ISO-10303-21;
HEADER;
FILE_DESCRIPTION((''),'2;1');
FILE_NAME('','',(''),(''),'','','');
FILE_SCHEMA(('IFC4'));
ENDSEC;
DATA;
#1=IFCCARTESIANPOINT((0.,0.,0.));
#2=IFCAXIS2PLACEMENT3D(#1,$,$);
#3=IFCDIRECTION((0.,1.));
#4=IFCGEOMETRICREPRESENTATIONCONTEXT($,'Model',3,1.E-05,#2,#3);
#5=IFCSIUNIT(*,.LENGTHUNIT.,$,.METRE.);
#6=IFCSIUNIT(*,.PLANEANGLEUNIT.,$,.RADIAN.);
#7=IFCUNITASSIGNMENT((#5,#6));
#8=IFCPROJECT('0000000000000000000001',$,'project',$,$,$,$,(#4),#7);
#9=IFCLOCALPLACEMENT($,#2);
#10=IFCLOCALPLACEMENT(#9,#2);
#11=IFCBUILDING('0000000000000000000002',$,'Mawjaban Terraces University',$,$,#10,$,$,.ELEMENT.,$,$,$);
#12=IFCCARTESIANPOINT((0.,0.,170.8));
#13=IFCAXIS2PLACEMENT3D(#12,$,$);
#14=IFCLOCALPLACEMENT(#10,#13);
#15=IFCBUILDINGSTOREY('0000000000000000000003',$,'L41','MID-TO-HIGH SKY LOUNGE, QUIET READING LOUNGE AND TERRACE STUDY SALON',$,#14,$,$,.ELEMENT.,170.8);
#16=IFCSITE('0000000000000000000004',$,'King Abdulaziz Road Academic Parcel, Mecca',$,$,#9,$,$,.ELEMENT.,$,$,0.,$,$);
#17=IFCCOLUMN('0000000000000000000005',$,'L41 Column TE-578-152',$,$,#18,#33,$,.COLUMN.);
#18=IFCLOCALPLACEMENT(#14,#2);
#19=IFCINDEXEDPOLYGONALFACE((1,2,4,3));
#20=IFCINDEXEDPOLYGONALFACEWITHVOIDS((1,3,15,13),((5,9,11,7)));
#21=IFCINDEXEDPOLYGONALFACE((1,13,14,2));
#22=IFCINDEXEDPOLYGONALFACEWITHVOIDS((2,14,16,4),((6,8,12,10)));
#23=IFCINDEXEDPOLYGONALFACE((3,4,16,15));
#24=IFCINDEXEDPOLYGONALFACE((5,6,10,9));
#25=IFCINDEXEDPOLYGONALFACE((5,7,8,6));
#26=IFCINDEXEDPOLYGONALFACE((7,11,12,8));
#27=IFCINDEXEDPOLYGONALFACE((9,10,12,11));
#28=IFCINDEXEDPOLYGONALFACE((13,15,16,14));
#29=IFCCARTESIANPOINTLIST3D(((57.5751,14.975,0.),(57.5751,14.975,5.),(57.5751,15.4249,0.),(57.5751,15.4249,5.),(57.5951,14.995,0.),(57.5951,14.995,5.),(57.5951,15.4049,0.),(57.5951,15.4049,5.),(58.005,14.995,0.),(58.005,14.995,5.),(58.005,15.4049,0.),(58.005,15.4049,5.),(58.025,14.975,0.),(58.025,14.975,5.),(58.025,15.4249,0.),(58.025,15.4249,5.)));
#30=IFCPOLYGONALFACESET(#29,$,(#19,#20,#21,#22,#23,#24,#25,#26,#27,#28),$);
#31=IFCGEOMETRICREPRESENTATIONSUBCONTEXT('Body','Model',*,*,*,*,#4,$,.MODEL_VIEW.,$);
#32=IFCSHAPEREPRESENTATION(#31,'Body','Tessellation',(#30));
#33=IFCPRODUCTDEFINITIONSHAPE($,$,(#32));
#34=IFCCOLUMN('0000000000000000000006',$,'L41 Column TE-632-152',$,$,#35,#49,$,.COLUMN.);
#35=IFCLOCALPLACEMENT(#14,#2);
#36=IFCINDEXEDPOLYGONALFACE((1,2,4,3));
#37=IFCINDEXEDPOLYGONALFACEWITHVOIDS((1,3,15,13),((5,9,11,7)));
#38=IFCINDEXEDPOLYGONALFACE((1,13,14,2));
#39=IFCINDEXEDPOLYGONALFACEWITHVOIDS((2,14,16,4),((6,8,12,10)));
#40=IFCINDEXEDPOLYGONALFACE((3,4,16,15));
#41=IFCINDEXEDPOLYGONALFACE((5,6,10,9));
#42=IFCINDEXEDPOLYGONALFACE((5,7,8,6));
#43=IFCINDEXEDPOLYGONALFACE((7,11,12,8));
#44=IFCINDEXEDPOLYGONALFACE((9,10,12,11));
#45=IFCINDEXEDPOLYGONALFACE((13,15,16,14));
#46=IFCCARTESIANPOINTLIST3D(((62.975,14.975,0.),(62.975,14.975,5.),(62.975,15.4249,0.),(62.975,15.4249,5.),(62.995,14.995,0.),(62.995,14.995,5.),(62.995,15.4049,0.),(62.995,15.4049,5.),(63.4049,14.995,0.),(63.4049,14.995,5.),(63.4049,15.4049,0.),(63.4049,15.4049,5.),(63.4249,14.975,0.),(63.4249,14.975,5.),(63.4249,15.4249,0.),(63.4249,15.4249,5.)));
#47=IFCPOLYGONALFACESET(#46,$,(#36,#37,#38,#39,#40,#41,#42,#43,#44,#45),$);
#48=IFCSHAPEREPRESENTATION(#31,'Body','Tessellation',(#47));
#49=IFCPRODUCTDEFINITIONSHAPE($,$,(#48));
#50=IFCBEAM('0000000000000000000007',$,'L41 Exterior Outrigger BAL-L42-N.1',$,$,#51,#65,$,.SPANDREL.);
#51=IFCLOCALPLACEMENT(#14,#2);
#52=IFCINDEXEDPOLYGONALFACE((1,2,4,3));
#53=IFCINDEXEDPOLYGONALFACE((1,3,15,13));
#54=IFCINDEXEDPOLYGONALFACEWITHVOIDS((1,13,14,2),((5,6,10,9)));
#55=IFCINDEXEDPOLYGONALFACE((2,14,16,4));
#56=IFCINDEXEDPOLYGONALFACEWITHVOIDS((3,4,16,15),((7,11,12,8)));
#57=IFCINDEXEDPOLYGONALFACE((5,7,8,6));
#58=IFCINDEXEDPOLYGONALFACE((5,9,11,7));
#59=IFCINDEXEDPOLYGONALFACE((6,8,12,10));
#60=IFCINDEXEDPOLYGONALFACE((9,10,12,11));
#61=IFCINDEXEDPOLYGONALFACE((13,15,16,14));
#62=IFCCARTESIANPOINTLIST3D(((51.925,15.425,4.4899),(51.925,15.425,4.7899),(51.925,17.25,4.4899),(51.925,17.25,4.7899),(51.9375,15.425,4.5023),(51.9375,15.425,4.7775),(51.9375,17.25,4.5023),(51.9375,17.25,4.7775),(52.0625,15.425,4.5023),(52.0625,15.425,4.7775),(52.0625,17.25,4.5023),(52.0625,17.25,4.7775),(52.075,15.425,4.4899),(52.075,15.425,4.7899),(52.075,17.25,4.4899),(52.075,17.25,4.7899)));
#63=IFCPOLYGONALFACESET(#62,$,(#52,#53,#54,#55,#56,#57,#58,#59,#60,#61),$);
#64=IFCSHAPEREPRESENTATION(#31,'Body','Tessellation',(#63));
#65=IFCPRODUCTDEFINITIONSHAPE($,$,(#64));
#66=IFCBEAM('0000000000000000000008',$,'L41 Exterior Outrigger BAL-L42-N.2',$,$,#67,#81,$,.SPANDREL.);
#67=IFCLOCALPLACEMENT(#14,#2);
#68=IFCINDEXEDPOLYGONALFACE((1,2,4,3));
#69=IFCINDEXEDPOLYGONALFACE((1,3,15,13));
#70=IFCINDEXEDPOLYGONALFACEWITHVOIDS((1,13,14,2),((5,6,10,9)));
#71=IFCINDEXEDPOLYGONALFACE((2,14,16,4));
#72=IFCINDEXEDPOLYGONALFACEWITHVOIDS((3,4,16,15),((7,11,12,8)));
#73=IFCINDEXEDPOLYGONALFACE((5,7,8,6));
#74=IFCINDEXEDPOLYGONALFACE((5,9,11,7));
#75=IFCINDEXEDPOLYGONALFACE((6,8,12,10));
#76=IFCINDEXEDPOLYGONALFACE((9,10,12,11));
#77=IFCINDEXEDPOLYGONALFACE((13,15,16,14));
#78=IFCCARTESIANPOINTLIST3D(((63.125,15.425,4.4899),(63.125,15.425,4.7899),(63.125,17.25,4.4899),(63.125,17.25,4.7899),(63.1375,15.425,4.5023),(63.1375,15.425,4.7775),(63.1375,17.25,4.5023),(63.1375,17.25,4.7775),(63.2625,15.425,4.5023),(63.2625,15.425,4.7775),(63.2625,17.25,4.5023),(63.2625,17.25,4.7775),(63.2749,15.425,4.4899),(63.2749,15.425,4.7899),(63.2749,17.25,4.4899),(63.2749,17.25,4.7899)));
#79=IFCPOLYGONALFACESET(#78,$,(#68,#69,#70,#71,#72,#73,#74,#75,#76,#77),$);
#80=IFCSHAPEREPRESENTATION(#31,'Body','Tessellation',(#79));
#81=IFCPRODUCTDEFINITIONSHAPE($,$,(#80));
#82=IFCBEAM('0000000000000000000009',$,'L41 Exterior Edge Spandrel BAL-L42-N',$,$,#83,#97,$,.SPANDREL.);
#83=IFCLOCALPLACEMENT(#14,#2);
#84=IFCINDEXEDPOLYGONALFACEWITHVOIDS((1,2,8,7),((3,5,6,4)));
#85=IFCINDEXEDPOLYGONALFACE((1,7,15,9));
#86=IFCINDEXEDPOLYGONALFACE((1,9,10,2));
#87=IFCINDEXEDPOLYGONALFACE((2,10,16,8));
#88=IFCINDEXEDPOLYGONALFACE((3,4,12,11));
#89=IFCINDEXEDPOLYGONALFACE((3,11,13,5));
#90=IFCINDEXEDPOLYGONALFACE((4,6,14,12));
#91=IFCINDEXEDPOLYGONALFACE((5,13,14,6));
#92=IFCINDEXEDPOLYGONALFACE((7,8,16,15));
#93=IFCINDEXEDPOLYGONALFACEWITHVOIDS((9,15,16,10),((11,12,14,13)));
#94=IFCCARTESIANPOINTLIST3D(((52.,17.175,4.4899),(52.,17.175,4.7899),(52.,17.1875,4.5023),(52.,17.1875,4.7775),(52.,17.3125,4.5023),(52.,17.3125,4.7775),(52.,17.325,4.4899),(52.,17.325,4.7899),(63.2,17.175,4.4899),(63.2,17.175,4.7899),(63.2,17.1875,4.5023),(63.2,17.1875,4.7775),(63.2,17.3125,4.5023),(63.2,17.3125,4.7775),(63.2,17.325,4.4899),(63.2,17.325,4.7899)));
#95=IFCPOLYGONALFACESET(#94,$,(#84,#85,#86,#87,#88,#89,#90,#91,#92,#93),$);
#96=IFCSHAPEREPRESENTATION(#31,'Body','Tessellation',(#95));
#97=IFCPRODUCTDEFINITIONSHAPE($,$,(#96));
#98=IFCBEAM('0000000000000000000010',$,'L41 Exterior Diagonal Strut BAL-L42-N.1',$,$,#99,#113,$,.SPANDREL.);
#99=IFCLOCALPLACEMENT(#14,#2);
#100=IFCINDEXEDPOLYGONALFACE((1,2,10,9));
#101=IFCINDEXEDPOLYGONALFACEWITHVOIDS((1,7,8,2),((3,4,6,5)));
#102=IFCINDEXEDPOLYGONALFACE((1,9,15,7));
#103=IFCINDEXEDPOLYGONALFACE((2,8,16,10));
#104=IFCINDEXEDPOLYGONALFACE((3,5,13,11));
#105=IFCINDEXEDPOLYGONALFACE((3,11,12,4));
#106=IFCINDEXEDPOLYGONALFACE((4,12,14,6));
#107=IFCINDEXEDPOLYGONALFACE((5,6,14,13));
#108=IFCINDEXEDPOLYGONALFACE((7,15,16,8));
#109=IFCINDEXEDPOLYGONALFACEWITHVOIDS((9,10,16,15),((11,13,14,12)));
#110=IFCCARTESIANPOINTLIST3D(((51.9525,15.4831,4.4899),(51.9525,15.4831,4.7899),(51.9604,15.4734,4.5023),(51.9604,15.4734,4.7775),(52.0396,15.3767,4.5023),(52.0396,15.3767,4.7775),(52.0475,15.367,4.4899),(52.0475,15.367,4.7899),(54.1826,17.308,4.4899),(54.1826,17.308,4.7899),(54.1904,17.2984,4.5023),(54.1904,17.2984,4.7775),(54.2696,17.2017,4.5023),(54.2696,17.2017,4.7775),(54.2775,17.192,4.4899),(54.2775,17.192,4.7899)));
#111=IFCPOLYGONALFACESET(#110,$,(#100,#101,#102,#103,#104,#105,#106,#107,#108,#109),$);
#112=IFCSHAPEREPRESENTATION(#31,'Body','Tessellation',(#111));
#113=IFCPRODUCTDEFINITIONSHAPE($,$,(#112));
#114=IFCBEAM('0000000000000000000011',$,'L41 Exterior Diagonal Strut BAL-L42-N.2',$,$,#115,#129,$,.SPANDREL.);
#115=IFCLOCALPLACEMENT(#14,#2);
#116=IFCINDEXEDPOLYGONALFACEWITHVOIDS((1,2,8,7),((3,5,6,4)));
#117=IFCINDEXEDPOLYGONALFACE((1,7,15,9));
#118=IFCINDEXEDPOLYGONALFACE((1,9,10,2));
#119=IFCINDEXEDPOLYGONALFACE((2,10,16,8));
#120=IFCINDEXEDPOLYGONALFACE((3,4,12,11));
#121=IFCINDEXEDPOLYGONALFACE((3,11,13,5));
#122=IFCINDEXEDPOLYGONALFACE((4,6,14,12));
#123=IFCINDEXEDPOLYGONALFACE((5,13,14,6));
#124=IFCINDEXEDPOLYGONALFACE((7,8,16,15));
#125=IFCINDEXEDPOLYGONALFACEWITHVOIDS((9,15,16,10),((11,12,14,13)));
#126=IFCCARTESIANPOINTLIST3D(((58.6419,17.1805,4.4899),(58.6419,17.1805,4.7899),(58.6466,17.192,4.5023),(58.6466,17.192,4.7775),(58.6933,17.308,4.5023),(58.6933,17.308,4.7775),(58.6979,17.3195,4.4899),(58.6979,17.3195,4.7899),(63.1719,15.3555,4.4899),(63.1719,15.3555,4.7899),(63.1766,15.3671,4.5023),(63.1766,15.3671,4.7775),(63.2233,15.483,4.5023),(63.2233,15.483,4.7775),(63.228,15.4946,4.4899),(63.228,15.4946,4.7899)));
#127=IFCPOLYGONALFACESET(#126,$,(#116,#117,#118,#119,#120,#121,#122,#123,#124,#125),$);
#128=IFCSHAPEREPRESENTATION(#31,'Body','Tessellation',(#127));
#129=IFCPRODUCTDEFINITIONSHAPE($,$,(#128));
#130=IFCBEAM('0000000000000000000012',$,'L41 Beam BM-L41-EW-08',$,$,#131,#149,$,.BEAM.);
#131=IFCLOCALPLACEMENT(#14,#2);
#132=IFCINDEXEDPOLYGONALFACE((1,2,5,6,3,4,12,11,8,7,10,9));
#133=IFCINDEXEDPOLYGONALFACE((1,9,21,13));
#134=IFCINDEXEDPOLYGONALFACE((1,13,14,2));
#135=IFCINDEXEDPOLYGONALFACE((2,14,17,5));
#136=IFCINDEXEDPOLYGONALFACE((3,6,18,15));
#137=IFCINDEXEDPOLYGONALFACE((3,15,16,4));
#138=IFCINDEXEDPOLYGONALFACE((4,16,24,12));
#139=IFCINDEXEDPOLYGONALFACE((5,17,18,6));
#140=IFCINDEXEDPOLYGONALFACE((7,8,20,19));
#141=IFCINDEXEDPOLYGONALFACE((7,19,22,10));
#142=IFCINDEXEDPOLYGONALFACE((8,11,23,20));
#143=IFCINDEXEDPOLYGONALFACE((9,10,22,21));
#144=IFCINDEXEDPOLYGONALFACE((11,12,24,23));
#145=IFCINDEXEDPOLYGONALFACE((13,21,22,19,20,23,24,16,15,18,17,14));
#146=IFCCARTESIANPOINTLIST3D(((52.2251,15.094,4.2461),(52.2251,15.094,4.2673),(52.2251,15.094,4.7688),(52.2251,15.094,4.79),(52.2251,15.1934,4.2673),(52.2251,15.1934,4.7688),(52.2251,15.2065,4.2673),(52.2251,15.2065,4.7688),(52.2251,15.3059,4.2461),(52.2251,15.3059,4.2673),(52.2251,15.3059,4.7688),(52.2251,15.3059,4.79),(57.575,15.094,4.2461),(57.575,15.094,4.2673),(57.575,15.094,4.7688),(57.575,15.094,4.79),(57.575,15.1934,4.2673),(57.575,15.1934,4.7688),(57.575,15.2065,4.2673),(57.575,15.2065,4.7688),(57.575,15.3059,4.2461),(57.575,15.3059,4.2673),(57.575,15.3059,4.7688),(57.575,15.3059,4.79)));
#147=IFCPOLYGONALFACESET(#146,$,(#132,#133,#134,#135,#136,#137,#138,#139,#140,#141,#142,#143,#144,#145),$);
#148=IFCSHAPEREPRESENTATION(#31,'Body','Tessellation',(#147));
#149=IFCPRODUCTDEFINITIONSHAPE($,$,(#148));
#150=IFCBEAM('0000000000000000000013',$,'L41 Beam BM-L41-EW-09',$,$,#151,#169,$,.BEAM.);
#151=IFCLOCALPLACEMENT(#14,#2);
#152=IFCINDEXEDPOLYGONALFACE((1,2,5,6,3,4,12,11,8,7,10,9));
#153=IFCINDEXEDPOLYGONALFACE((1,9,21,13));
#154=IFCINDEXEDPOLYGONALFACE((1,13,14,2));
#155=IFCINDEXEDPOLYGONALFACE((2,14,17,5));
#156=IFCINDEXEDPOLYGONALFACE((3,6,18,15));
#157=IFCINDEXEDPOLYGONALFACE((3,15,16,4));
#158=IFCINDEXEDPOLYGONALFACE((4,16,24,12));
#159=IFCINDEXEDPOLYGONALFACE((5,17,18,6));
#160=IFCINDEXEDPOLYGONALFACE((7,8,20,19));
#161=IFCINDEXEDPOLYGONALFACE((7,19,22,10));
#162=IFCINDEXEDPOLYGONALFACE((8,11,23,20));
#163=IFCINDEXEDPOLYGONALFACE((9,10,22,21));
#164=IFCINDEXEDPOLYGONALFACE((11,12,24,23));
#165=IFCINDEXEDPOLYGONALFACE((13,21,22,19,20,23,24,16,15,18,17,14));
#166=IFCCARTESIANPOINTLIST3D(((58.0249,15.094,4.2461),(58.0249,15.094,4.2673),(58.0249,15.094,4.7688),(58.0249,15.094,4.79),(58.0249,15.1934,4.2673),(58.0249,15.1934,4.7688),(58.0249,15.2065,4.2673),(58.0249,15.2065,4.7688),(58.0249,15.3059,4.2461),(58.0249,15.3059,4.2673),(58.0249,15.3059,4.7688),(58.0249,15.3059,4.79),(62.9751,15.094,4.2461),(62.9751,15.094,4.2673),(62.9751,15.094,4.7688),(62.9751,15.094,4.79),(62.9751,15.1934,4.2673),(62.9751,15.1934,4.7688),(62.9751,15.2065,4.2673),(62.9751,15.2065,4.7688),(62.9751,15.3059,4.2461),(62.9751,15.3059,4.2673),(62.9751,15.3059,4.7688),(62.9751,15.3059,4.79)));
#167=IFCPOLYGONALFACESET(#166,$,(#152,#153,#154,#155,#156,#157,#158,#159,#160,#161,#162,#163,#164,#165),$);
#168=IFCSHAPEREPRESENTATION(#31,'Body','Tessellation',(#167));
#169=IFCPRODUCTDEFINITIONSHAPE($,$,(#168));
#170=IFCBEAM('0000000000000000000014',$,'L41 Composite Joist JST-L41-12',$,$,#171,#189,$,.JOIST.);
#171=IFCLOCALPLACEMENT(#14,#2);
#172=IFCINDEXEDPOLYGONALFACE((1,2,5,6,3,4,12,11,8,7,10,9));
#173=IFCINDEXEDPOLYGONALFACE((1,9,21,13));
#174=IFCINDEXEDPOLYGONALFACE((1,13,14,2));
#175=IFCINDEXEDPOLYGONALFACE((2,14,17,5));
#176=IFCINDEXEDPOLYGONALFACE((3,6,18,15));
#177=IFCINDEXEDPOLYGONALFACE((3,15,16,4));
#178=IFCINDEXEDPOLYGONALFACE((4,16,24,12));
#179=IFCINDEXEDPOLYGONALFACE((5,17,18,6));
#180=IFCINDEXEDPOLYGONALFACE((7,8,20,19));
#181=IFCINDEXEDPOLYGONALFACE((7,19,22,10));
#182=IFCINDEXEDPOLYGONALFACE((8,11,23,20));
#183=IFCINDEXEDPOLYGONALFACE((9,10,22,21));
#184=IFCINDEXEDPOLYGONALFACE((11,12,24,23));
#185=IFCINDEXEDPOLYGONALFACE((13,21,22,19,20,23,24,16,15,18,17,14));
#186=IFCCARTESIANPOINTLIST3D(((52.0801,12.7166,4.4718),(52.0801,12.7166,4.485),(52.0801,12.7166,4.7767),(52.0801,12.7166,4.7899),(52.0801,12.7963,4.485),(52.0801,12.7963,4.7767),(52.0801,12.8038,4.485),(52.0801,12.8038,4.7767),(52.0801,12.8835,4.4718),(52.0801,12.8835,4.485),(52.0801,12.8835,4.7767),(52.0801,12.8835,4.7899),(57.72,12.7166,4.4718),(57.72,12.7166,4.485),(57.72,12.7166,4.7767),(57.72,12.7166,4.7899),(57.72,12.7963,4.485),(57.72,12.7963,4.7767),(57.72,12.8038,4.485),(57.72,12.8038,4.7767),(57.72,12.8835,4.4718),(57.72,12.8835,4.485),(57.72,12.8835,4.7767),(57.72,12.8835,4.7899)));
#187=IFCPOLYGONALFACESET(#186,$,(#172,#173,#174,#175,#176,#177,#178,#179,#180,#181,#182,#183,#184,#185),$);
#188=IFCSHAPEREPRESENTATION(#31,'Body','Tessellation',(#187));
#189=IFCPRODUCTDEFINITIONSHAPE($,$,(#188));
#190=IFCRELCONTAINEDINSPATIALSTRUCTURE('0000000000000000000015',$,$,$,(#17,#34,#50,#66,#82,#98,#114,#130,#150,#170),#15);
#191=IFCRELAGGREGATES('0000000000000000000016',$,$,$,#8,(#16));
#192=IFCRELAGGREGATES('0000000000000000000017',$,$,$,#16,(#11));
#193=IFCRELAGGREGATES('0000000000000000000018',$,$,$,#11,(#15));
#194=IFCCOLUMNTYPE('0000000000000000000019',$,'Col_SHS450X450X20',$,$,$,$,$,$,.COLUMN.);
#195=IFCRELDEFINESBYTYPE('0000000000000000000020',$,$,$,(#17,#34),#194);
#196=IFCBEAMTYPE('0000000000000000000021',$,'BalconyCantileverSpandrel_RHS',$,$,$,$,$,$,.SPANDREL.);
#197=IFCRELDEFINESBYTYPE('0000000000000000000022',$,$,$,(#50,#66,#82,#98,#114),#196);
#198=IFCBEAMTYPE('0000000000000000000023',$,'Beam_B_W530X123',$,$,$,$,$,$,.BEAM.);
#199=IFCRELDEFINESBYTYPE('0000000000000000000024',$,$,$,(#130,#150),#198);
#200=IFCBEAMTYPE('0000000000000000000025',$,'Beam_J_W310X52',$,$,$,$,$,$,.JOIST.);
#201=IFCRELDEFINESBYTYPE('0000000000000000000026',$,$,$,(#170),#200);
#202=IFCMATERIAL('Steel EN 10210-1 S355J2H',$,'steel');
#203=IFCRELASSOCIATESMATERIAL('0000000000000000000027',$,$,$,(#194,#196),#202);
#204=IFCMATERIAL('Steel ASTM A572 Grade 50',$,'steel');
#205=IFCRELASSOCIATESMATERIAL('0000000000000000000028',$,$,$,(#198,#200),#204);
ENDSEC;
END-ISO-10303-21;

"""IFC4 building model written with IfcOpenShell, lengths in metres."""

from ifc_helpers import new_model, si_unit, direction, frame, origin, origin_2d, place, context, subcontext, project, spatial, hollow_rectangle, i_section, extrude, material, material_profile, profile_set, type_object, element, save


model = new_model("IFC4")

# Units and contexts
model_context = context("Model", 3, precision=1e-05, world=origin(), true_north=direction((0.0, 1.0)))
body_context = subcontext(model_context, "Body", "Model", "MODEL_VIEW")
ifc_project = project(units=[si_unit("LENGTHUNIT", "METRE"), si_unit("PLANEANGLEUNIT", "RADIAN")], contexts=[model_context])

# Site, building, storey
site_placement = place(None, origin())
site = spatial("IfcSite", under=ifc_project, at=site_placement, Name="King Abdulaziz Road Academic Parcel, Mecca", CompositionType="ELEMENT", RefElevation=0.0)
building_placement = place(site_placement, origin())
building = spatial("IfcBuilding", under=site, at=building_placement, Name="Mawjaban Terraces University", CompositionType="ELEMENT")
storey_placement = place(building_placement, frame((0.0, 0.0, 170.8)))
storey = spatial("IfcBuildingStorey", under=building, at=storey_placement, Name="L41", Description="MID-TO-HIGH SKY LOUNGE, QUIET READING LOUNGE AND TERRACE STUDY SALON", CompositionType="ELEMENT", Elevation=170.8)

# Columns
ifc_material_1 = material(Name="Steel EN 10210-1 S355J2H", Category="steel")
ifc_material_profile_1 = material_profile(ifc_material_1, hollow_rectangle(XDim=0.45, YDim=0.45, WallThickness=0.02, at=origin_2d()), Name="SHS450X450X20")
ifc_profile_set_1 = profile_set([ifc_material_profile_1], Name="Steel EN 10210-1 S355J2H")
column_type = type_object("IfcColumnType", Name="Col_SHS450X450X20", PredefinedType="COLUMN", material=ifc_profile_set_1)
for number, where, z_axis, x_axis, name in (
    (1, (57.8, 15.2, 0.0), (0.0, 0.0, 1.0), (1.0, 0.0, 0.0), "L41 Column TE-578-152"),
    (2, (63.2, 15.2, 0.0), (0.0, 0.0, 1.0), (1.0, 0.0, 0.0), "L41 Column TE-632-152"),
):
    element("IfcColumn", number, at=place(storey_placement, frame(where, z_axis=z_axis, x_axis=x_axis)), inside=storey, type_object=column_type, Name=name, PredefinedType="COLUMN", context=body_context, shape_type="SweptSolid", body=[
        extrude(hollow_rectangle(XDim=0.45, YDim=0.45, WallThickness=0.02, at=origin_2d()), origin(), (0.0, 0.0, 1.0), 5.0),
    ])

# Beams
ifc_material_profile_2 = material_profile(ifc_material_1, hollow_rectangle(XDim=0.1499, YDim=0.3, WallThickness=0.0125, at=origin_2d()), Name="RHS300X150X12.5")
ifc_profile_set_2 = profile_set([ifc_material_profile_2], Name="Steel EN 10210-1 S355J2H")
beam_type_1 = type_object("IfcBeamType", Name="BalconyCantileverSpandrel_RHS", PredefinedType="SPANDREL", material=ifc_profile_set_2)
for number, where, z_axis, x_axis, name in (
    (3, (52.0, 15.425, 4.6399), (0.0, 1.0, 0.0), (-1.0, 0.0, 0.0), "L41 Exterior Outrigger BAL-L42-N.1"),
    (4, (63.2, 15.425, 4.6399), (0.0, 1.0, 0.0), (-1.0, 0.0, 0.0), "L41 Exterior Outrigger BAL-L42-N.2"),
):
    element("IfcBeam", number, at=place(storey_placement, frame(where, z_axis=z_axis, x_axis=x_axis)), inside=storey, type_object=beam_type_1, Name=name, PredefinedType="SPANDREL", context=body_context, shape_type="SweptSolid", body=[
        extrude(hollow_rectangle(XDim=0.1499, YDim=0.3, WallThickness=0.0125, at=origin_2d()), origin(), (0.0, 0.0, 1.0), 1.825),
    ])
beam_1_placement = place(storey_placement, frame((52.0, 17.25, 4.6399), z_axis=(1.0, 0.0, 0.0), x_axis=(0.0, 1.0, 0.0)))
element("IfcBeam", 5, at=beam_1_placement, inside=storey, type_object=beam_type_1, Name="L41 Exterior Edge Spandrel BAL-L42-N", PredefinedType="SPANDREL", context=body_context, shape_type="SweptSolid", body=[
    extrude(hollow_rectangle(XDim=0.1499, YDim=0.3, WallThickness=0.0125, at=origin_2d()), origin(), (0.0, 0.0, 1.0), 11.2),
])
beam_2_placement = place(storey_placement, frame((52.0, 15.425, 4.6399), z_axis=(0.773886, 0.633325, 0.0), x_axis=(-0.633325, 0.773886, 0.0)))
element("IfcBeam", 6, at=beam_2_placement, inside=storey, type_object=beam_type_1, Name="L41 Exterior Diagonal Strut BAL-L42-N.1", PredefinedType="SPANDREL", context=body_context, shape_type="SweptSolid", body=[
    extrude(hollow_rectangle(XDim=0.1499, YDim=0.3, WallThickness=0.0125, at=origin_2d()), origin(), (0.0, 0.0, 1.0), 2.8816),
])
beam_3_placement = place(storey_placement, frame((63.2, 15.425, 4.6399), z_axis=(-0.92756, 0.373674, 0.0), x_axis=(-0.373674, -0.92756, 0.0)))
element("IfcBeam", 7, at=beam_3_placement, inside=storey, type_object=beam_type_1, Name="L41 Exterior Diagonal Strut BAL-L42-N.2", PredefinedType="SPANDREL", context=body_context, shape_type="SweptSolid", body=[
    extrude(hollow_rectangle(XDim=0.1499, YDim=0.3, WallThickness=0.0125, at=origin_2d()), origin(), (0.0, 0.0, 1.0), 4.8838),
])
ifc_material_2 = material(Name="Steel ASTM A572 Grade 50", Category="steel")
ifc_material_profile_3 = material_profile(ifc_material_2, i_section(OverallWidth=0.2119, OverallDepth=0.5439, WebThickness=0.0132, FlangeThickness=0.0212, at=origin_2d()), Name="W530X123")
ifc_profile_set_3 = profile_set([ifc_material_profile_3], Name="Steel ASTM A572 Grade 50")
beam_type_2 = type_object("IfcBeamType", Name="Beam_B_W530X123", PredefinedType="BEAM", material=ifc_profile_set_3)
beam_4_placement = place(storey_placement, frame((52.2251, 15.2, 4.5181), z_axis=(1.0, 0.0, 0.0), x_axis=(0.0, 1.0, 0.0)))
element("IfcBeam", 8, at=beam_4_placement, inside=storey, type_object=beam_type_2, Name="L41 Beam BM-L41-EW-08", PredefinedType="BEAM", context=body_context, shape_type="SweptSolid", body=[
    extrude(i_section(OverallWidth=0.2119, OverallDepth=0.5439, WebThickness=0.0132, FlangeThickness=0.0212, at=origin_2d()), origin(), (0.0, 0.0, 1.0), 5.3499),
])
beam_5_placement = place(storey_placement, frame((58.0249, 15.2, 4.5181), z_axis=(1.0, 0.0, 0.0), x_axis=(0.0, 1.0, 0.0)))
element("IfcBeam", 9, at=beam_5_placement, inside=storey, type_object=beam_type_2, Name="L41 Beam BM-L41-EW-09", PredefinedType="BEAM", context=body_context, shape_type="SweptSolid", body=[
    extrude(i_section(OverallWidth=0.2119, OverallDepth=0.5439, WebThickness=0.0132, FlangeThickness=0.0212, at=origin_2d()), origin(), (0.0, 0.0, 1.0), 4.9502),
])
ifc_material_profile_4 = material_profile(ifc_material_2, i_section(OverallWidth=0.167, OverallDepth=0.3181, WebThickness=0.0076, FlangeThickness=0.0132, at=origin_2d()), Name="W310X52")
ifc_profile_set_4 = profile_set([ifc_material_profile_4], Name="Steel ASTM A572 Grade 50")
beam_type_3 = type_object("IfcBeamType", Name="Beam_J_W310X52", PredefinedType="JOIST", material=ifc_profile_set_4)
beam_6_placement = place(storey_placement, frame((52.0801, 12.8, 4.6309), z_axis=(1.0, 0.0, 0.0), x_axis=(0.0, 1.0, 0.0)))
element("IfcBeam", 10, at=beam_6_placement, inside=storey, type_object=beam_type_3, Name="L41 Composite Joist JST-L41-12", PredefinedType="JOIST", context=body_context, shape_type="SweptSolid", body=[
    extrude(i_section(OverallWidth=0.167, OverallDepth=0.3181, WebThickness=0.0076, FlangeThickness=0.0132, at=origin_2d()), origin(), (0.0, 0.0, 1.0), 5.6399),
])

save(model, "model.ifc")
